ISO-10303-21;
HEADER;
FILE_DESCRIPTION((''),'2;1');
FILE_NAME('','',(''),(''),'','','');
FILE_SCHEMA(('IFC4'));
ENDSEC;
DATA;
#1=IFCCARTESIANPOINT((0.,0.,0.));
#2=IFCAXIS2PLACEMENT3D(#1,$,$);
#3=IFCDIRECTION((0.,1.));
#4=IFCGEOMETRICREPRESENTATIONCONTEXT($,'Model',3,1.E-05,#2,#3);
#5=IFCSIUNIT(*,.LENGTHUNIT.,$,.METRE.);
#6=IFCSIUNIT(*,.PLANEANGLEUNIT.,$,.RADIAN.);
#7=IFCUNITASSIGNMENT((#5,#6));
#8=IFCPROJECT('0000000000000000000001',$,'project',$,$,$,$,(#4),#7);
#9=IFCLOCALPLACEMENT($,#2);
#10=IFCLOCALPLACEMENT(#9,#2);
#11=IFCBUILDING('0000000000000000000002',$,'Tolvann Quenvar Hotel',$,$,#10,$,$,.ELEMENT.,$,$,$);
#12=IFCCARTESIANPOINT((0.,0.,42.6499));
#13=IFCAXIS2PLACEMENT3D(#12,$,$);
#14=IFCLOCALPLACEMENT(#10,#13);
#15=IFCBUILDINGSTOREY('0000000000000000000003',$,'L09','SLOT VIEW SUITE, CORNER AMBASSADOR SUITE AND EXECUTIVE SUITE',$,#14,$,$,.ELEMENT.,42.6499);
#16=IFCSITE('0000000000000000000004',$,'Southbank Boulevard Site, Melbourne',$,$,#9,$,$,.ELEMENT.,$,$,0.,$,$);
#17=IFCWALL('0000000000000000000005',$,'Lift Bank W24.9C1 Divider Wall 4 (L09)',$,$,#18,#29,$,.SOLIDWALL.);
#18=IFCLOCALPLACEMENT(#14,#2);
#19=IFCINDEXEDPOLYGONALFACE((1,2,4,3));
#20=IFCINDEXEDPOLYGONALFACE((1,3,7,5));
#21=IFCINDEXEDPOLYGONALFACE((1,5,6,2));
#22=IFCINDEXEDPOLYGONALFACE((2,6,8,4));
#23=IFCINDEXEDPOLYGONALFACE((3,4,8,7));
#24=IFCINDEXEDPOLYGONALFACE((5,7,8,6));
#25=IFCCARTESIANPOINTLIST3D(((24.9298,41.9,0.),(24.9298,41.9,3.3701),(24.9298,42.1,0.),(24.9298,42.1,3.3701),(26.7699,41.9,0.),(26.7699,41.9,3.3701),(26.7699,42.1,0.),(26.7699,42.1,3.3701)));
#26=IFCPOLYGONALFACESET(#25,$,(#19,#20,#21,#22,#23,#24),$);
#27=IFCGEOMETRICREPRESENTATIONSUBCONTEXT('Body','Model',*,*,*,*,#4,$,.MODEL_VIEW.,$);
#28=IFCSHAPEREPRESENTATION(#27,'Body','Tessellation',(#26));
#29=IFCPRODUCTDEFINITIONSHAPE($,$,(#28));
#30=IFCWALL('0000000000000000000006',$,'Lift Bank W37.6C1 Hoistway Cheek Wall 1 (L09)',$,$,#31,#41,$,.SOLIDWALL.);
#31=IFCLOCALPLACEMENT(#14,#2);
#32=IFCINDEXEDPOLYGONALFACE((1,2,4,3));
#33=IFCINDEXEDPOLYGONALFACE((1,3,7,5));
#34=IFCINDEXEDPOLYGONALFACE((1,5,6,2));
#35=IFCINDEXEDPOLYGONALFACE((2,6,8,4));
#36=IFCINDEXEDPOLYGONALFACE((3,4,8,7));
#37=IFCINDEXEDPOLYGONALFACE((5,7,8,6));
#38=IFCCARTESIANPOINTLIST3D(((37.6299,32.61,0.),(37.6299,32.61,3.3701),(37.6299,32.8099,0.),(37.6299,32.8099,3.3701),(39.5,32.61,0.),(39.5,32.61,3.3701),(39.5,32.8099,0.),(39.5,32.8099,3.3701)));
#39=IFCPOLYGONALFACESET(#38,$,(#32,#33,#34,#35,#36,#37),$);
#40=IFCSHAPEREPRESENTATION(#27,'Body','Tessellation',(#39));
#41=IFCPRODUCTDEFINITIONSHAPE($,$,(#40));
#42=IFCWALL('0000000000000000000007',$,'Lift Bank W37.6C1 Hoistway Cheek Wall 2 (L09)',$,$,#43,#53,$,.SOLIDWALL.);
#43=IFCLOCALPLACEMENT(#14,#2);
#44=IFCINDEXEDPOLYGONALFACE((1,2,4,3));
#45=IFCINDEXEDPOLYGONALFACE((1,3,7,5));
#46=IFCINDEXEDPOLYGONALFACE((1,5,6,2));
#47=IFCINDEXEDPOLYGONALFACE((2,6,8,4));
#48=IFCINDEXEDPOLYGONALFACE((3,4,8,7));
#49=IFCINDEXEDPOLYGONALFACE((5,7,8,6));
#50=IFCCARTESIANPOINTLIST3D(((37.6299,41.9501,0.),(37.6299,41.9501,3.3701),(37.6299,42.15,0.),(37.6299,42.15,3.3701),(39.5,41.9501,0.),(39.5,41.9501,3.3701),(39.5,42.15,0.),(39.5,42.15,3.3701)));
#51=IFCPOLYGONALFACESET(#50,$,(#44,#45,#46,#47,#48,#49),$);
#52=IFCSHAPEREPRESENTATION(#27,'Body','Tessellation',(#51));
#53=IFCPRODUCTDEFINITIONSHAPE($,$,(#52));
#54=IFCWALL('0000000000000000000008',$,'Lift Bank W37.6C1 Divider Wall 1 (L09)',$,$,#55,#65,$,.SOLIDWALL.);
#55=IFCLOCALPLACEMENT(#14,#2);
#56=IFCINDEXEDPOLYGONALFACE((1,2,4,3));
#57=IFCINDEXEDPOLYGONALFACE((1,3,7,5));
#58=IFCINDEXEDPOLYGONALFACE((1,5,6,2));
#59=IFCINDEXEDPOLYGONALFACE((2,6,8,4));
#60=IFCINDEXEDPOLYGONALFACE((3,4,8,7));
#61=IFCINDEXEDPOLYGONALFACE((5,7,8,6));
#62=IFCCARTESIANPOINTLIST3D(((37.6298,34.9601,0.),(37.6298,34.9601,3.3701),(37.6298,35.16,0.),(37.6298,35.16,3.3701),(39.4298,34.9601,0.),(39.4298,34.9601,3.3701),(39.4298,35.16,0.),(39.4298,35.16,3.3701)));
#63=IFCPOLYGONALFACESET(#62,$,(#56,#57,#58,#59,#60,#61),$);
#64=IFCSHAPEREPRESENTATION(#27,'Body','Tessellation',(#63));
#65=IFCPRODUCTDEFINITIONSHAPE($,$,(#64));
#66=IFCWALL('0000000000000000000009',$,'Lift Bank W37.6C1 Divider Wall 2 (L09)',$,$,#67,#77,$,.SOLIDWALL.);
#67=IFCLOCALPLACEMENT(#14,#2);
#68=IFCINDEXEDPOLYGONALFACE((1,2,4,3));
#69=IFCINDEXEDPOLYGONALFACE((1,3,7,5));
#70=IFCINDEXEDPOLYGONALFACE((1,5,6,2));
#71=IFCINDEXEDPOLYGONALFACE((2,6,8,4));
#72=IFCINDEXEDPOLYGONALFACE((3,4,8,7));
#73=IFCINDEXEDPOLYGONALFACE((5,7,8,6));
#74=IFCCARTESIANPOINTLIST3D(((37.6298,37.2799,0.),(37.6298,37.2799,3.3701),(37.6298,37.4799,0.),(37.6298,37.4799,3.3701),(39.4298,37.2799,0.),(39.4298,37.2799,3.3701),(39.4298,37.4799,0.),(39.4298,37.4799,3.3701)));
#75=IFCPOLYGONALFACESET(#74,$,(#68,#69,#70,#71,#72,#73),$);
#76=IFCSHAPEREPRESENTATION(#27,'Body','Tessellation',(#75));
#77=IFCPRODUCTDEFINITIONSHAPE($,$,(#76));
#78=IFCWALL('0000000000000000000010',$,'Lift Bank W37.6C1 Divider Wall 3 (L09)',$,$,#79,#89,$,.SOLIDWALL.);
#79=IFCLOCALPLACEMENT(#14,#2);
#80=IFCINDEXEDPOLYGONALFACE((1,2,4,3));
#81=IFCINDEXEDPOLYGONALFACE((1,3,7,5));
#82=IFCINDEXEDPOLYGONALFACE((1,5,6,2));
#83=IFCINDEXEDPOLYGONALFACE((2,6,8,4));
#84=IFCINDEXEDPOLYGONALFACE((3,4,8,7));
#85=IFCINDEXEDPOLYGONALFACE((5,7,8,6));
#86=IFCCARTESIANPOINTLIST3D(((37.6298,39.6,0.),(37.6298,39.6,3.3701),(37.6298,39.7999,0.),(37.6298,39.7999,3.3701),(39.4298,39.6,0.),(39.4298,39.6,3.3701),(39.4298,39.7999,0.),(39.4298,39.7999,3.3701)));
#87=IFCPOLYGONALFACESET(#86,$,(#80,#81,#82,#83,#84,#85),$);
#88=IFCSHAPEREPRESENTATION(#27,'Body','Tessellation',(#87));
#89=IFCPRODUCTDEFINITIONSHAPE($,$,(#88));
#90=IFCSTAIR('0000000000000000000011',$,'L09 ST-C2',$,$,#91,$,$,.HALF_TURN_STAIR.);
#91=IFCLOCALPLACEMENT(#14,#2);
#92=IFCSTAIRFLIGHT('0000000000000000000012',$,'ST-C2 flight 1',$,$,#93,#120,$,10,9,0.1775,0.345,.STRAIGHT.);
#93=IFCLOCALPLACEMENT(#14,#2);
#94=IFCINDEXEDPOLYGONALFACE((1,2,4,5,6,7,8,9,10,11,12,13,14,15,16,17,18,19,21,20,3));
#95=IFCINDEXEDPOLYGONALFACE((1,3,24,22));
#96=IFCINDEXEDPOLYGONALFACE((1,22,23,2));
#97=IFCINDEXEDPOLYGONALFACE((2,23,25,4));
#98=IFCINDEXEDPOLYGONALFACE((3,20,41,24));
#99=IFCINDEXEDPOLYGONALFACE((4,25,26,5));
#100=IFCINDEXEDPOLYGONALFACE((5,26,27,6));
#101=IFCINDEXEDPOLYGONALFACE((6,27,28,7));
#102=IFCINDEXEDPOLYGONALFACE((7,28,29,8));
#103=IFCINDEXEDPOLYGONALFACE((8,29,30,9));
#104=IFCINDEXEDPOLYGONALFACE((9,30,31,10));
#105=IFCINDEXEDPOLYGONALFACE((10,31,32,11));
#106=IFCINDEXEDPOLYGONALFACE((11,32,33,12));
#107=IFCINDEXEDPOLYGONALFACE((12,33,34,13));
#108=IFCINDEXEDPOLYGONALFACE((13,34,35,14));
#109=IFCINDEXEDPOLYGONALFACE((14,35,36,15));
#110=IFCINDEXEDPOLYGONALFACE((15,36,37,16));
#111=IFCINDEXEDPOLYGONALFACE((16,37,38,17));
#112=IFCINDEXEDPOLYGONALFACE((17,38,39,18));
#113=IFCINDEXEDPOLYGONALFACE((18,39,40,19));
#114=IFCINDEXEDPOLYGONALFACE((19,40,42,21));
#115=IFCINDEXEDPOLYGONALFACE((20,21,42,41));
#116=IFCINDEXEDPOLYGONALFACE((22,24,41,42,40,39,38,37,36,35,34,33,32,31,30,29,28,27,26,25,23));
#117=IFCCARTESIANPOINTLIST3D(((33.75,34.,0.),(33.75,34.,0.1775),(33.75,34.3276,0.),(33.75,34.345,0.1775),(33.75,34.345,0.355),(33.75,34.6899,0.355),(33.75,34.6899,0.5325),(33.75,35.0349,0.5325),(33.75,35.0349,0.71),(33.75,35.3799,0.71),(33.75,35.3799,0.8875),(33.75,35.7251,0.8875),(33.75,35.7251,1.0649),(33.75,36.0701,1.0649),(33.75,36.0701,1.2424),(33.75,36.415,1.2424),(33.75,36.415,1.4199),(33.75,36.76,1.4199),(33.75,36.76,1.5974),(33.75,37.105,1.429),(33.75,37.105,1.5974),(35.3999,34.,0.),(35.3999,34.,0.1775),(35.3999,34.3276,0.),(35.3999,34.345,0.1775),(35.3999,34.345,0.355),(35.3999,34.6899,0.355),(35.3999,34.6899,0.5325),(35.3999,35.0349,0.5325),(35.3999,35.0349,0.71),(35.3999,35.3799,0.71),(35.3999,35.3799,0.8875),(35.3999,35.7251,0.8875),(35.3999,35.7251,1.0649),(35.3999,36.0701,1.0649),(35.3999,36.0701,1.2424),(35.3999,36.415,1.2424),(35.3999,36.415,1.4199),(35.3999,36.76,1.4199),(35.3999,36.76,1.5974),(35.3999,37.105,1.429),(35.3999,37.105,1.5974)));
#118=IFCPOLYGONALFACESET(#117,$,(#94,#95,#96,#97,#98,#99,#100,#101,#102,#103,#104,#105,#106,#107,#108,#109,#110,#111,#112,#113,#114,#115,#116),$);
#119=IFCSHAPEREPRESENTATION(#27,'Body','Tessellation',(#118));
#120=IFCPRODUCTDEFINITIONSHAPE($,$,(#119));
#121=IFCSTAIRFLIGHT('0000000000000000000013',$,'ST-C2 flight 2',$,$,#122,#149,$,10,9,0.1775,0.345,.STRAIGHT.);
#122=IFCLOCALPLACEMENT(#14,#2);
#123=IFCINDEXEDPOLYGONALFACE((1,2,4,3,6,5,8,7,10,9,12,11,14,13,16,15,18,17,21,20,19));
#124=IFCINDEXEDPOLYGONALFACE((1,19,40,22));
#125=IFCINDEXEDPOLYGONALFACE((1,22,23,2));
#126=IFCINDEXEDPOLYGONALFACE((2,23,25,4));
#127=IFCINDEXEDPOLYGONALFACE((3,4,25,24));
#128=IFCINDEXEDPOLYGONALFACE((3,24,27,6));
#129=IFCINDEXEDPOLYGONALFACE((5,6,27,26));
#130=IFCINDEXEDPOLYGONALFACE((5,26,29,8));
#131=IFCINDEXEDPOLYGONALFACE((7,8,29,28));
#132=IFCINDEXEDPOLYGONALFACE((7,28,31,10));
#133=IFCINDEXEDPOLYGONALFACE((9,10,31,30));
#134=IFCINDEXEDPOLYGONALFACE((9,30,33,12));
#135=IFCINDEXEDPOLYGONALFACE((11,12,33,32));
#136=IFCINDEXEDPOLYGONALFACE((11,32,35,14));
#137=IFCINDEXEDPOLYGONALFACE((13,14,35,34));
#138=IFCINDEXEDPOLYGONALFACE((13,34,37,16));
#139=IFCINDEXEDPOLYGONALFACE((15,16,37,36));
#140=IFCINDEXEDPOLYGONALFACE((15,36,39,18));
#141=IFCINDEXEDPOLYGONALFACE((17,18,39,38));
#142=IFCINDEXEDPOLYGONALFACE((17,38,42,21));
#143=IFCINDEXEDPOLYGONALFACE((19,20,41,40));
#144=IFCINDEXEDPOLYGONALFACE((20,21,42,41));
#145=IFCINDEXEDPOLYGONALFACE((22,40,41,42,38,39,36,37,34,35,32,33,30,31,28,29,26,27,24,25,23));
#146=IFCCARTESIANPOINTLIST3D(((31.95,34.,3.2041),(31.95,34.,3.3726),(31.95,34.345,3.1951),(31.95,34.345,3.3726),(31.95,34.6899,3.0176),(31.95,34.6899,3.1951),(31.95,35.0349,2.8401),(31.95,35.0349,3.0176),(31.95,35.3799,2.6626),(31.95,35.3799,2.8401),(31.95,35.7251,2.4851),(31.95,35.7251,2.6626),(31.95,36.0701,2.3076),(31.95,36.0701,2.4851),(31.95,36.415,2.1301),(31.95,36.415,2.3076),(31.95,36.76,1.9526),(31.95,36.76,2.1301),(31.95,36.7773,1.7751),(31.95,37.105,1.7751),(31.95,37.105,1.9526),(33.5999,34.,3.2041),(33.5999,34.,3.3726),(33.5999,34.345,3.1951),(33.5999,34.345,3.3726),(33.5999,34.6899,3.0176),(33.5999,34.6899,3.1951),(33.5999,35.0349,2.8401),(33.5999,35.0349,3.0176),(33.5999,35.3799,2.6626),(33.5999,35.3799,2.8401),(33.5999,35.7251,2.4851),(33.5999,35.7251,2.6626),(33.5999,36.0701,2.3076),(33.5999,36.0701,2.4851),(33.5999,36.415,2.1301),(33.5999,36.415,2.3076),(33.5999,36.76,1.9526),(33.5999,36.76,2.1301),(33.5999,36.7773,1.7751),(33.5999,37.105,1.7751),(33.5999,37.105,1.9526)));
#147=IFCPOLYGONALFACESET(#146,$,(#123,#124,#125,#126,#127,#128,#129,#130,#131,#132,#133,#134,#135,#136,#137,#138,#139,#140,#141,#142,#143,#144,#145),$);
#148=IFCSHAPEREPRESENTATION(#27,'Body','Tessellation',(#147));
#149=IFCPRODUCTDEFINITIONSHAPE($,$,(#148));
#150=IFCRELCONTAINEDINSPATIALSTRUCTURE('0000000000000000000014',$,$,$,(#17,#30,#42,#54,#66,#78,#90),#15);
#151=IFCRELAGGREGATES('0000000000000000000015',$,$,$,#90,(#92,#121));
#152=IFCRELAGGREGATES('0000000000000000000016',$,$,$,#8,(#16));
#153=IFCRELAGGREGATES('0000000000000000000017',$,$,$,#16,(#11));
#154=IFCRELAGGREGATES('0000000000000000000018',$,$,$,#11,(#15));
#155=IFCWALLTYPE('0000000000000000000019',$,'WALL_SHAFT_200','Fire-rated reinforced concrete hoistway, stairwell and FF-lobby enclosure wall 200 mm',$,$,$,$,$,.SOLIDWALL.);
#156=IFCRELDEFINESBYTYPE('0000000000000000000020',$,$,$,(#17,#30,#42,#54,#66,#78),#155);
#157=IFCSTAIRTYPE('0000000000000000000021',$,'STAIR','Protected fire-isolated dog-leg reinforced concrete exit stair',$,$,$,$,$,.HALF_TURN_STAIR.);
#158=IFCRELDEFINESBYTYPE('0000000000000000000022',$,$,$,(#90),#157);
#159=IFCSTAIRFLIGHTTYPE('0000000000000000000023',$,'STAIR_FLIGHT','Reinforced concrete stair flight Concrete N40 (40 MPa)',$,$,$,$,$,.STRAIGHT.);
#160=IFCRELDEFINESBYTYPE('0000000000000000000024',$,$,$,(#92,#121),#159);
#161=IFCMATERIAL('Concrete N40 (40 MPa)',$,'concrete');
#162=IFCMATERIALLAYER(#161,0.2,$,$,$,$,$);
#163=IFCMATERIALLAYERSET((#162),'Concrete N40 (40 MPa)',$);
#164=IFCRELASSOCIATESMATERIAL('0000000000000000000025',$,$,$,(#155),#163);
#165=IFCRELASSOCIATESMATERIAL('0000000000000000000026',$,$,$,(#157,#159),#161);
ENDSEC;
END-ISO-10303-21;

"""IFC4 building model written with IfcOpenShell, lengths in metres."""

from ifc_helpers import new_model, si_unit, direction, frame, frame_2d, origin, place, context, subcontext, project, spatial, polyline, rectangle, outline, extrude, material, layer, layer_set, type_object, element, aggregate, save


model = new_model("IFC4")

# Units and contexts
model_context = context("Model", 3, precision=1e-05, world=origin(), true_north=direction((0.0, 1.0)))
body_context = subcontext(model_context, "Body", "Model", "MODEL_VIEW")
ifc_project = project(units=[si_unit("LENGTHUNIT", "METRE"), si_unit("PLANEANGLEUNIT", "RADIAN")], contexts=[model_context])

# Site, building, storey
site_placement = place(None, origin())
site = spatial("IfcSite", under=ifc_project, at=site_placement, Name="Southbank Boulevard Site, Melbourne", CompositionType="ELEMENT", RefElevation=0.0)
building_placement = place(site_placement, origin())
building = spatial("IfcBuilding", under=site, at=building_placement, Name="Tolvann Quenvar Hotel", CompositionType="ELEMENT")
storey_placement = place(building_placement, frame((0.0, 0.0, 42.6499)))
storey = spatial("IfcBuildingStorey", under=building, at=storey_placement, Name="L09", Description="SLOT VIEW SUITE, CORNER AMBASSADOR SUITE AND EXECUTIVE SUITE", CompositionType="ELEMENT", Elevation=42.6499)

# Shared definitions
ifc_material_1 = material(Name="Concrete N40 (40 MPa)", Category="concrete")
ifc_layer_1 = layer(ifc_material_1, 0.2)
ifc_layer_set_1 = layer_set([ifc_layer_1], Name="Concrete N40 (40 MPa)")
wall_type_1 = type_object("IfcWallType", Name="WALL_SHAFT_200", Description="Fire-rated reinforced concrete hoistway, stairwell and FF-lobby enclosure wall 200 mm", PredefinedType="SOLIDWALL", material=ifc_layer_set_1)

# Walls
for number, where, z_axis, x_axis, name in (
    (1, (24.9299, 42.0, 0.0), (0.0, 0.0, 1.0), (1.0, 0.0, 0.0), "Lift Bank W24.9C1 Divider Wall 4 (L09)"),
):
    element("IfcWall", number, at=place(storey_placement, frame(where, z_axis=z_axis, x_axis=x_axis)), inside=storey, type_object=wall_type_1, Name=name, PredefinedType="SOLIDWALL", context=body_context, shape_type="SweptSolid", body=[
        extrude(rectangle(XDim=1.8401, YDim=0.2, at=frame_2d((0.9199, 0.0))), origin(), (0.0, 0.0, 1.0), 3.3701),
    ])
for number, where, z_axis, x_axis, name in (
    (2, (37.6299, 32.71, 0.0), (0.0, 0.0, 1.0), (1.0, 0.0, 0.0), "Lift Bank W37.6C1 Hoistway Cheek Wall 1 (L09)"),
    (3, (37.6299, 42.05, 0.0), (0.0, 0.0, 1.0), (1.0, 0.0, 0.0), "Lift Bank W37.6C1 Hoistway Cheek Wall 2 (L09)"),
):
    element("IfcWall", number, at=place(storey_placement, frame(where, z_axis=z_axis, x_axis=x_axis)), inside=storey, type_object=wall_type_1, Name=name, PredefinedType="SOLIDWALL", context=body_context, shape_type="SweptSolid", body=[
        extrude(rectangle(XDim=1.8701, YDim=0.2, at=frame_2d((0.9351, 0.0))), origin(), (0.0, 0.0, 1.0), 3.3701),
    ])
for number, where, z_axis, x_axis, name in (
    (4, (37.6299, 35.0601, 0.0), (0.0, 0.0, 1.0), (1.0, 0.0, 0.0), "Lift Bank W37.6C1 Divider Wall 1 (L09)"),
    (5, (37.6299, 37.3799, 0.0), (0.0, 0.0, 1.0), (1.0, 0.0, 0.0), "Lift Bank W37.6C1 Divider Wall 2 (L09)"),
    (6, (37.6299, 39.7, 0.0), (0.0, 0.0, 1.0), (1.0, 0.0, 0.0), "Lift Bank W37.6C1 Divider Wall 3 (L09)"),
):
    element("IfcWall", number, at=place(storey_placement, frame(where, z_axis=z_axis, x_axis=x_axis)), inside=storey, type_object=wall_type_1, Name=name, PredefinedType="SOLIDWALL", context=body_context, shape_type="SweptSolid", body=[
        extrude(rectangle(XDim=1.8, YDim=0.2, at=frame_2d((0.8999, 0.0))), origin(), (0.0, 0.0, 1.0), 3.3701),
    ])

# Stair, stair flights
stair_type = type_object("IfcStairType", Name="STAIR", Description="Protected fire-isolated dog-leg reinforced concrete exit stair", PredefinedType="HALF_TURN_STAIR", material=ifc_material_1)
stair_placement = place(storey_placement, origin())
stair = element("IfcStair", 7, at=stair_placement, inside=storey, type_object=stair_type, Name="L09 ST-C2", PredefinedType="HALF_TURN_STAIR")
stair_flight_type = type_object("IfcStairFlightType", Name="STAIR_FLIGHT", Description="Reinforced concrete stair flight Concrete N40 (40 MPa)", PredefinedType="STRAIGHT", material=ifc_material_1)
stair_flight_1_placement = place(storey_placement, frame((34.575, 34.0, 0.0), z_axis=(0.0, 0.0, 1.0), x_axis=(0.0, 1.0, 0.0)))
stair_flight_1 = element("IfcStairFlight", 8, at=stair_flight_1_placement, type_object=stair_flight_type, Name="ST-C2 flight 1", NumberOfRisers=10, NumberOfTreads=9, PredefinedType="STRAIGHT", RiserHeight=0.1775, TreadLength=0.345, context=body_context, shape_type="SweptSolid", body=[
    extrude(outline(polyline([(0.0, 0.0), (0.0, 0.1775), (0.345, 0.1775), (0.345, 0.355), (0.6899, 0.355), (0.6899, 0.5325), (1.0349, 0.5325), (1.0349, 0.71), (1.3799, 0.71), (1.3799, 0.8875), (1.7251, 0.8875), (1.7251, 1.0649), (2.0701, 1.0649), (2.0701, 1.2424), (2.415, 1.2424), (2.415, 1.4199), (2.76, 1.4199), (2.76, 1.5974), (3.105, 1.5974), (3.105, 1.7749), (3.105, 1.429), (0.3276, 0.0), (0.0, 0.0)])), frame((0.0, 0.825, 0.0), z_axis=(0.0, -1.0, 0.0), x_axis=(1.0, 0.0, 0.0)), (0.0, 0.0, 1.0), 1.6499),
])
stair_flight_2_placement = place(storey_placement, frame((32.7749, 37.105, 1.7751), z_axis=(0.0, 0.0, 1.0), x_axis=(0.0, -1.0, 0.0)))
stair_flight_2 = element("IfcStairFlight", 9, at=stair_flight_2_placement, type_object=stair_flight_type, Name="ST-C2 flight 2", NumberOfRisers=10, NumberOfTreads=9, PredefinedType="STRAIGHT", RiserHeight=0.1775, TreadLength=0.345, context=body_context, shape_type="SweptSolid", body=[
    extrude(outline(polyline([(0.0, 0.0), (0.0, 0.1775), (0.345, 0.1775), (0.345, 0.355), (0.6899, 0.355), (0.6899, 0.5325), (1.0349, 0.5325), (1.0349, 0.71), (1.3799, 0.71), (1.3799, 0.8875), (1.7251, 0.8875), (1.7251, 1.0649), (2.0701, 1.0649), (2.0701, 1.2424), (2.415, 1.2424), (2.415, 1.4199), (2.76, 1.4199), (2.76, 1.5974), (3.105, 1.5974), (3.105, 1.7749), (3.105, 1.429), (0.3276, 0.0), (0.0, 0.0)])), frame((0.0, 0.825, 0.0), z_axis=(0.0, -1.0, 0.0), x_axis=(1.0, 0.0, 0.0)), (0.0, 0.0, 1.0), 1.6499),
])
aggregate(stair, [stair_flight_1, stair_flight_2])

save(model, "model.ifc")
